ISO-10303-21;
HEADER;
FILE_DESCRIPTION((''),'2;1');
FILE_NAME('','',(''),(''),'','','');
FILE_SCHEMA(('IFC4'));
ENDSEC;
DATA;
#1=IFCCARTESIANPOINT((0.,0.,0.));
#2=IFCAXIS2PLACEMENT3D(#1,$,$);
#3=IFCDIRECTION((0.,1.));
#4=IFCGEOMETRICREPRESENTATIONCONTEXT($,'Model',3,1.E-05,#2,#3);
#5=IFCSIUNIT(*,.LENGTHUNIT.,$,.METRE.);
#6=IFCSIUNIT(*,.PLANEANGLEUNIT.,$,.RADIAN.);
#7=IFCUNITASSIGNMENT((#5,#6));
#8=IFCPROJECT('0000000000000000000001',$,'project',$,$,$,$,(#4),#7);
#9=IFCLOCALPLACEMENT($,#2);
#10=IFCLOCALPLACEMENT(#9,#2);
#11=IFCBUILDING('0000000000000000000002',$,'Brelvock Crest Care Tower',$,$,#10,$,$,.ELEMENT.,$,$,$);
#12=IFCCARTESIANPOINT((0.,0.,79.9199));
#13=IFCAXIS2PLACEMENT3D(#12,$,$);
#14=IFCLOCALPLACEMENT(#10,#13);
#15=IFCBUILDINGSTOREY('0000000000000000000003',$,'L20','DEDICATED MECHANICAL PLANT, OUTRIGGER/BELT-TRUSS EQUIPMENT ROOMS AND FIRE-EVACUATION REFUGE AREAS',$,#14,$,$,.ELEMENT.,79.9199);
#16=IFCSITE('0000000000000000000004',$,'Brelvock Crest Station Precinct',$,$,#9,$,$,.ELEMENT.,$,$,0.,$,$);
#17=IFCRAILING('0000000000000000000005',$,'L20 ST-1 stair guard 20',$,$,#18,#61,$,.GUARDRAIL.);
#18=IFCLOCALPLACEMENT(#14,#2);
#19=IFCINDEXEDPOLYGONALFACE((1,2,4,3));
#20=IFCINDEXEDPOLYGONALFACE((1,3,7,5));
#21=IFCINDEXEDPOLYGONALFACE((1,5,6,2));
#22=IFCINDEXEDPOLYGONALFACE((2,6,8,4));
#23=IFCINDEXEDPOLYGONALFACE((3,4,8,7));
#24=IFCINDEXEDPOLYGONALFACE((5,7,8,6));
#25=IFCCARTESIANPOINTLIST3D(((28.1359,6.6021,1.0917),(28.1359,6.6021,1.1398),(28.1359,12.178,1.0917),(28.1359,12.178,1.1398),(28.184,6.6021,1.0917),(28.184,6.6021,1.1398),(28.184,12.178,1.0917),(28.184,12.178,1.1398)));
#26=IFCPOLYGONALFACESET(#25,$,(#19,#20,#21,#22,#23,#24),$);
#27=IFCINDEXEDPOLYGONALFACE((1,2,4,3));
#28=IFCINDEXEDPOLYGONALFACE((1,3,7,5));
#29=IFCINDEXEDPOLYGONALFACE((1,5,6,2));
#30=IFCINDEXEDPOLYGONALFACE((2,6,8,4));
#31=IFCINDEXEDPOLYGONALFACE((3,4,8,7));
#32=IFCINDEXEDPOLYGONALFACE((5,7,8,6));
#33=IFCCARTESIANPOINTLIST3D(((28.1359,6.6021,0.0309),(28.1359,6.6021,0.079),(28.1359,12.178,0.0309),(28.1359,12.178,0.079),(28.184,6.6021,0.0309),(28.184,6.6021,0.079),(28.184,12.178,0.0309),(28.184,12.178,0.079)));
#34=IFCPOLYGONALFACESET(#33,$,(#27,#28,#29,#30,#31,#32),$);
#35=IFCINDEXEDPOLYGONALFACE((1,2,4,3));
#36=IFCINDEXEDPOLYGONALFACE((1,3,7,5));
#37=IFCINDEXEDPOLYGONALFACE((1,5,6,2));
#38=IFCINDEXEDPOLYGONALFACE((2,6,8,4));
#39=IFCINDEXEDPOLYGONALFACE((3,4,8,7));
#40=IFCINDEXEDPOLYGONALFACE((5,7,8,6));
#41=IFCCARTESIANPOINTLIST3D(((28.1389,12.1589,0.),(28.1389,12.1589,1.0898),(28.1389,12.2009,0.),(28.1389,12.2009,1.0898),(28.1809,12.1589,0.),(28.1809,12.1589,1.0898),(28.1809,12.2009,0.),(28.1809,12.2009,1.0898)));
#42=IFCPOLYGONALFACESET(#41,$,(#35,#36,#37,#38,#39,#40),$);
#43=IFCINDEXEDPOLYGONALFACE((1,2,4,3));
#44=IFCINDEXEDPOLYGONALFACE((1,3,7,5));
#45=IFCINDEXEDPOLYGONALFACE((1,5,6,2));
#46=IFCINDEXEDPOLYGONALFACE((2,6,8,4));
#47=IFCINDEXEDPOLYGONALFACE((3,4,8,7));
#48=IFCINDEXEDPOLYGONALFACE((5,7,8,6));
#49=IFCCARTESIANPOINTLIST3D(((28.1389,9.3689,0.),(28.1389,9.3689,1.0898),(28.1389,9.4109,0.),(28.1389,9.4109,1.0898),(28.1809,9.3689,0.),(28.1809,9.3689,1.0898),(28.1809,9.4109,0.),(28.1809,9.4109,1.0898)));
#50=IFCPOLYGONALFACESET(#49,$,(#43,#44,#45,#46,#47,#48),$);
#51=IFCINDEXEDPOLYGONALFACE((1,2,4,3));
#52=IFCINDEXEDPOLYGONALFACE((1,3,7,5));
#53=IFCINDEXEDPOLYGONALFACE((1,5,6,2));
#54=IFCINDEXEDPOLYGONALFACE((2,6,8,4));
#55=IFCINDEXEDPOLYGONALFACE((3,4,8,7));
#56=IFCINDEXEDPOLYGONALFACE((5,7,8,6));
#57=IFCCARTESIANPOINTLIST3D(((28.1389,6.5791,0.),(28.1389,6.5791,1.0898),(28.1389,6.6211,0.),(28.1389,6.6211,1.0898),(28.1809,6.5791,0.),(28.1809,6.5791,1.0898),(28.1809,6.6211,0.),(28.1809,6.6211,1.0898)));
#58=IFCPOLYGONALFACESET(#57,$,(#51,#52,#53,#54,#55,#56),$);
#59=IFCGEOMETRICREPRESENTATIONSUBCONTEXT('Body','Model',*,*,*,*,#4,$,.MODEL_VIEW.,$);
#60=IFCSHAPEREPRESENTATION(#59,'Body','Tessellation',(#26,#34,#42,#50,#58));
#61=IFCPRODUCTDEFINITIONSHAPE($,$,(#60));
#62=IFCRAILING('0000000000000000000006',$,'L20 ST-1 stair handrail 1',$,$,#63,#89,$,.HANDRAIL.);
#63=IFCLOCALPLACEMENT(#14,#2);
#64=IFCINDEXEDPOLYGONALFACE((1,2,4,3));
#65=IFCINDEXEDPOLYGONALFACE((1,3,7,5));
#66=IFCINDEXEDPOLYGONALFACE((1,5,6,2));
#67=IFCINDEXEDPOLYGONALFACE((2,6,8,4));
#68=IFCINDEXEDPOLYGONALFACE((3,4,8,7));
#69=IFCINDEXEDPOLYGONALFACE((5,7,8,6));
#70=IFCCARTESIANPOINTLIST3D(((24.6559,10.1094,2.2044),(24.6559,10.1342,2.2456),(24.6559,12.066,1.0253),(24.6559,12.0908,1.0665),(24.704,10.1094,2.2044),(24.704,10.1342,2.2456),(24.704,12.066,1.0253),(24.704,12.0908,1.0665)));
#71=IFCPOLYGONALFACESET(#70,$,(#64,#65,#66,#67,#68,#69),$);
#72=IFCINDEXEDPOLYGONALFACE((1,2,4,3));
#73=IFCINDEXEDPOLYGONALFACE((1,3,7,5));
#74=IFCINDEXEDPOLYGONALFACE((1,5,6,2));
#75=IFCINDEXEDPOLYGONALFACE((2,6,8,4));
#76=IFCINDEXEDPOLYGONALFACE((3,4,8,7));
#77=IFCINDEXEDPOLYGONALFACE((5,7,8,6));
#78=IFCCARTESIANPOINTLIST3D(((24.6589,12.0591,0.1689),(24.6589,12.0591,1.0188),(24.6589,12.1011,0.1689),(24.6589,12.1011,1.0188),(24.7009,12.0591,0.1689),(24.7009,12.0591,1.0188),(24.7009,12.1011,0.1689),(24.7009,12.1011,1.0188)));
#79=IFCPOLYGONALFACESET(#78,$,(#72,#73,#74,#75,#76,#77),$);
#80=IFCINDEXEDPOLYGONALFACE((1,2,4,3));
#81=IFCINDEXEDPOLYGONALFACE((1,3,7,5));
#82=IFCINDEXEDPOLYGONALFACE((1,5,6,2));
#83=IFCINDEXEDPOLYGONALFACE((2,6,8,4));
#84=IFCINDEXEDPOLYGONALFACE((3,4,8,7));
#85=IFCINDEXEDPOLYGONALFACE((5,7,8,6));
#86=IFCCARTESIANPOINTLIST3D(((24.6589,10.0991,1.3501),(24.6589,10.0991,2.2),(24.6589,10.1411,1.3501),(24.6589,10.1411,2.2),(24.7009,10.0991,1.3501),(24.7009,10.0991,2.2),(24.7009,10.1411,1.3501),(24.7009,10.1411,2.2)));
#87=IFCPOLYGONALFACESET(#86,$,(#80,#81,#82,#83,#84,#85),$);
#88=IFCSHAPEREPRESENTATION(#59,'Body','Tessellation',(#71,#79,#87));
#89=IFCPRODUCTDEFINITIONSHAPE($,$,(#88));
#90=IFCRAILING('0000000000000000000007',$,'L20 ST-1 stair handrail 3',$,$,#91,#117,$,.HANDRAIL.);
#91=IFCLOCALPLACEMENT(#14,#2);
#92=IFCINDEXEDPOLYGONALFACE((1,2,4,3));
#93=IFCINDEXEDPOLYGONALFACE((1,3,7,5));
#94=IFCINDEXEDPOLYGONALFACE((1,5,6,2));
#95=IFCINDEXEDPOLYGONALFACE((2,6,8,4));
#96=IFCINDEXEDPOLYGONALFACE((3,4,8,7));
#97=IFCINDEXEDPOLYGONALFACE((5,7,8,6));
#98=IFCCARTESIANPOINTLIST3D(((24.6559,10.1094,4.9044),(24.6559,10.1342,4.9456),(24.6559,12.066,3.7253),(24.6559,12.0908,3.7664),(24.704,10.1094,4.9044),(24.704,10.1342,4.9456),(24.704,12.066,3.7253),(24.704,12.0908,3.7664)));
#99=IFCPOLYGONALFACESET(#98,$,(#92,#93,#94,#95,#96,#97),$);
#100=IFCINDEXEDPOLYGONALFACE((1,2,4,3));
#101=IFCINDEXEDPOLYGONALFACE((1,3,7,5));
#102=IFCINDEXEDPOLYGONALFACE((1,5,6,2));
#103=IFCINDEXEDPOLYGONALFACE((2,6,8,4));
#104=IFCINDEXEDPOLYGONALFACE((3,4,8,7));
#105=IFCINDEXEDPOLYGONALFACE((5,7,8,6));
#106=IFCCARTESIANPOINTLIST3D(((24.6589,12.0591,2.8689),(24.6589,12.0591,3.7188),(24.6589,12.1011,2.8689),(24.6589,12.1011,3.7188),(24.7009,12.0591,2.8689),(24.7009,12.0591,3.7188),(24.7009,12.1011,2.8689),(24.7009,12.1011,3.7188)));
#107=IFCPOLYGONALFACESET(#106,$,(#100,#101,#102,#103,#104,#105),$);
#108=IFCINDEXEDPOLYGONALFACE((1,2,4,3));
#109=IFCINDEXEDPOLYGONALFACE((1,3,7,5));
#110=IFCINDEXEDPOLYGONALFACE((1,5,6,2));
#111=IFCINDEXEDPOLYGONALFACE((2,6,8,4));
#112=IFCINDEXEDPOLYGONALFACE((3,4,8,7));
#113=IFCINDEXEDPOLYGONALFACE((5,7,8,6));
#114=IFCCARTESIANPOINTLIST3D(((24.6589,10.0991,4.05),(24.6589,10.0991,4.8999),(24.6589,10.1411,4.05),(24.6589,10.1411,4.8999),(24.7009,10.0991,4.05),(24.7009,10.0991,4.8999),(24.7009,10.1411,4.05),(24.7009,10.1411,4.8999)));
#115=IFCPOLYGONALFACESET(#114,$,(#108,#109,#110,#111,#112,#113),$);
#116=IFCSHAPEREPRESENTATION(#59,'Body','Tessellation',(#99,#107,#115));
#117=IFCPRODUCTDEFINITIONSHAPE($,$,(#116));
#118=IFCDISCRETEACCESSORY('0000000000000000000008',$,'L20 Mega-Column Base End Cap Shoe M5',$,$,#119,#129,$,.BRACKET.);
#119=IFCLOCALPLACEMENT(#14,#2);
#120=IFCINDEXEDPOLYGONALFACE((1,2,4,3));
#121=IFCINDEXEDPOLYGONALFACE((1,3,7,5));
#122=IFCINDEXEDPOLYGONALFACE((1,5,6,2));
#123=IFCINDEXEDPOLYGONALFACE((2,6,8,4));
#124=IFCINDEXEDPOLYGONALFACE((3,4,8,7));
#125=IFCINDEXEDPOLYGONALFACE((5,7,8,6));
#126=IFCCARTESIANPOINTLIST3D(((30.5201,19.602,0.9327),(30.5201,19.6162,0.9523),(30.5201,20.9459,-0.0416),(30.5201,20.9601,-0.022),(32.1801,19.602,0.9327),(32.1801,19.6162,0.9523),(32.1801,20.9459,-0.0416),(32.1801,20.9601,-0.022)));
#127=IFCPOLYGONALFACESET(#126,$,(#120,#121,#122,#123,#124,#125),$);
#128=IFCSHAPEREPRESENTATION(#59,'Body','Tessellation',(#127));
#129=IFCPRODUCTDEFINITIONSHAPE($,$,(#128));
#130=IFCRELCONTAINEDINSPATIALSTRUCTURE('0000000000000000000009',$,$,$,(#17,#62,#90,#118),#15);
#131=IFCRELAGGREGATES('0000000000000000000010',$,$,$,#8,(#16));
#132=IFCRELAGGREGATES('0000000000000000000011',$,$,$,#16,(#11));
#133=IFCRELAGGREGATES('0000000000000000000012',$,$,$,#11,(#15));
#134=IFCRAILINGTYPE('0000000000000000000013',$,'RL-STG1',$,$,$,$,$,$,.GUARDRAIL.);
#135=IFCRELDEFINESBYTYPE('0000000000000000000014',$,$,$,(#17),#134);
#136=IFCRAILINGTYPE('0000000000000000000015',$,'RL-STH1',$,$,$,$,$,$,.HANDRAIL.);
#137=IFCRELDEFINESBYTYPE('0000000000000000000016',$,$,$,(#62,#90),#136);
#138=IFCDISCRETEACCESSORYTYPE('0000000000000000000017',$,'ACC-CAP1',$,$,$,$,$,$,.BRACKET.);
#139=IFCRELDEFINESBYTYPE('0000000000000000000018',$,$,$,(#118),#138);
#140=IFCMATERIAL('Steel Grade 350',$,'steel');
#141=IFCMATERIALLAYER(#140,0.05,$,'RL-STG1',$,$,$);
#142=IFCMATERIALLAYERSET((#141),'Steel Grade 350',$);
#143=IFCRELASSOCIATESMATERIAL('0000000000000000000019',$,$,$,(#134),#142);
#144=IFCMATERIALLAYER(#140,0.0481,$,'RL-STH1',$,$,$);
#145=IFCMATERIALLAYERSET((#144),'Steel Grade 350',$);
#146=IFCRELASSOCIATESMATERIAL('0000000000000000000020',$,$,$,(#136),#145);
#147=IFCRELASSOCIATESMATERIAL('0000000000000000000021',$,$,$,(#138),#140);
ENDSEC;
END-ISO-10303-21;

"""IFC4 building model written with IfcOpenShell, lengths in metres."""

from ifc_helpers import new_model, si_unit, direction, frame, origin, origin_2d, place, context, subcontext, project, spatial, rectangle, extrude, source, transform, mapped, material, layer, layer_set, material_profile, profile_set, type_object, element, save


model = new_model("IFC4")

# Units and contexts
model_context = context("Model", 3, precision=1e-05, world=origin(), true_north=direction((0.0, 1.0)))
body_context = subcontext(model_context, "Body", "Model", "MODEL_VIEW")
ifc_project = project(units=[si_unit("LENGTHUNIT", "METRE"), si_unit("PLANEANGLEUNIT", "RADIAN")], contexts=[model_context])

# Site, building, storey
site_placement = place(None, origin())
site = spatial("IfcSite", under=ifc_project, at=site_placement, Name="Brelvock Crest Station Precinct", CompositionType="ELEMENT", RefElevation=0.0)
building_placement = place(site_placement, origin())
building = spatial("IfcBuilding", under=site, at=building_placement, Name="Brelvock Crest Care Tower", CompositionType="ELEMENT")
storey_placement = place(building_placement, frame((0.0, 0.0, 79.9199)))
storey = spatial("IfcBuildingStorey", under=building, at=storey_placement, Name="L20", Description="DEDICATED MECHANICAL PLANT, OUTRIGGER/BELT-TRUSS EQUIPMENT ROOMS AND FIRE-EVACUATION REFUGE AREAS", CompositionType="ELEMENT", Elevation=79.9199)

# Shared definitions
ifc_material_1 = material(Name="Steel Grade 350", Category="steel")

# Railings
ifc_layer_1 = layer(ifc_material_1, 0.05, Name="RL-STG1")
ifc_layer_set_1 = layer_set([ifc_layer_1], Name="Steel Grade 350")
railing_type_1 = type_object("IfcRailingType", Name="RL-STG1", PredefinedType="GUARDRAIL", material=ifc_layer_set_1)
railing_1_placement = place(storey_placement, frame((28.1599, 12.1799, 0.0)))
element("IfcRailing", 1, at=railing_1_placement, inside=storey, type_object=railing_type_1, Name="L20 ST-1 stair guard 20", PredefinedType="GUARDRAIL", context=body_context, shape_type="SweptSolid", body=[
    extrude(rectangle(XDim=0.0481, YDim=0.0481, at=origin_2d()), frame((0.0, -0.002, 1.1157), z_axis=(0.0, -1.0, 0.0), x_axis=(1.0, 0.0, 0.0)), (0.0, 0.0, 1.0), 5.5759),
    extrude(rectangle(XDim=0.0481, YDim=0.0481, at=origin_2d()), frame((0.0, -0.002, 0.0549), z_axis=(0.0, -1.0, 0.0), x_axis=(1.0, 0.0, 0.0)), (0.0, 0.0, 1.0), 5.5759),
    extrude(rectangle(XDim=0.042, YDim=0.042, at=origin_2d()), origin(), (0.0, 0.0, 1.0), 1.0898),
    extrude(rectangle(XDim=0.042, YDim=0.042, at=origin_2d()), frame((0.0, -2.79, 0.0)), (0.0, 0.0, 1.0), 1.0898),
    extrude(rectangle(XDim=0.042, YDim=0.042, at=origin_2d()), frame((0.0, -5.5798, 0.0)), (0.0, 0.0, 1.0), 1.0898),
])
ifc_layer_2 = layer(ifc_material_1, 0.0481, Name="RL-STH1")
ifc_layer_set_2 = layer_set([ifc_layer_2], Name="Steel Grade 350")
railing_type_2 = type_object("IfcRailingType", Name="RL-STH1", PredefinedType="HANDRAIL", material=ifc_layer_set_2)
for number, where, name in (
    (2, (24.6799, 12.0801, 0.1689), "L20 ST-1 stair handrail 1"),
    (3, (24.6799, 12.0801, 2.8689), "L20 ST-1 stair handrail 3"),
):
    element("IfcRailing", number, at=place(storey_placement, frame(where)), inside=storey, type_object=railing_type_2, Name=name, PredefinedType="HANDRAIL", context=body_context, shape_type="SweptSolid", body=[
        extrude(rectangle(XDim=0.0481, YDim=0.0481, at=origin_2d()), frame((0.0, -0.0017, 0.877), z_axis=(0.0, -0.856493, 0.516158), x_axis=(1.0, 0.0, 0.0)), (0.0, 0.0, 1.0), 2.2844),
        extrude(rectangle(XDim=0.042, YDim=0.042, at=origin_2d()), origin(), (0.0, 0.0, 1.0), 0.8499),
        extrude(rectangle(XDim=0.042, YDim=0.042, at=origin_2d()), frame((0.0, -1.96, 1.1812)), (0.0, 0.0, 1.0), 0.8499),
    ])

# Discrete accessory
ifc_material_profile_1 = material_profile(ifc_material_1, rectangle(XDim=1.6599, YDim=1.6599, at=origin_2d()), Name="ACC-CAP1")
ifc_profile_set_1 = profile_set([ifc_material_profile_1], Name="Steel Grade 350")
discrete_accessory_type = type_object("IfcDiscreteAccessoryType", Name="ACC-CAP1", PredefinedType="BRACKET", material=ifc_profile_set_1)
shared_shape_1 = source(origin(), body_context, "Body", "SweptSolid", [
    extrude(rectangle(XDim=1.6599, YDim=1.6599, at=origin_2d()), origin(), (0.0, 0.0, 1.0), 0.0242),
])
discrete_accessory_placement = place(storey_placement, frame((31.3501, 20.2739, 0.4456), z_axis=(0.0, 0.586968, 0.80961), x_axis=(-1.0, 0.0, 0.0)))
element("IfcDiscreteAccessory", 4, at=discrete_accessory_placement, inside=storey, type_object=discrete_accessory_type, Name="L20 Mega-Column Base End Cap Shoe M5", PredefinedType="BRACKET", context=body_context, shape_type="MappedRepresentation", body=[
    mapped(shared_shape_1, transform((0.0, 0.0, 0.0), x_axis=(1.0, 0.0, 0.0), y_axis=(0.0, 1.0, 0.0), z_axis=(0.0, 0.0, 1.0), scale=1.0)),
])

save(model, "model.ifc")
